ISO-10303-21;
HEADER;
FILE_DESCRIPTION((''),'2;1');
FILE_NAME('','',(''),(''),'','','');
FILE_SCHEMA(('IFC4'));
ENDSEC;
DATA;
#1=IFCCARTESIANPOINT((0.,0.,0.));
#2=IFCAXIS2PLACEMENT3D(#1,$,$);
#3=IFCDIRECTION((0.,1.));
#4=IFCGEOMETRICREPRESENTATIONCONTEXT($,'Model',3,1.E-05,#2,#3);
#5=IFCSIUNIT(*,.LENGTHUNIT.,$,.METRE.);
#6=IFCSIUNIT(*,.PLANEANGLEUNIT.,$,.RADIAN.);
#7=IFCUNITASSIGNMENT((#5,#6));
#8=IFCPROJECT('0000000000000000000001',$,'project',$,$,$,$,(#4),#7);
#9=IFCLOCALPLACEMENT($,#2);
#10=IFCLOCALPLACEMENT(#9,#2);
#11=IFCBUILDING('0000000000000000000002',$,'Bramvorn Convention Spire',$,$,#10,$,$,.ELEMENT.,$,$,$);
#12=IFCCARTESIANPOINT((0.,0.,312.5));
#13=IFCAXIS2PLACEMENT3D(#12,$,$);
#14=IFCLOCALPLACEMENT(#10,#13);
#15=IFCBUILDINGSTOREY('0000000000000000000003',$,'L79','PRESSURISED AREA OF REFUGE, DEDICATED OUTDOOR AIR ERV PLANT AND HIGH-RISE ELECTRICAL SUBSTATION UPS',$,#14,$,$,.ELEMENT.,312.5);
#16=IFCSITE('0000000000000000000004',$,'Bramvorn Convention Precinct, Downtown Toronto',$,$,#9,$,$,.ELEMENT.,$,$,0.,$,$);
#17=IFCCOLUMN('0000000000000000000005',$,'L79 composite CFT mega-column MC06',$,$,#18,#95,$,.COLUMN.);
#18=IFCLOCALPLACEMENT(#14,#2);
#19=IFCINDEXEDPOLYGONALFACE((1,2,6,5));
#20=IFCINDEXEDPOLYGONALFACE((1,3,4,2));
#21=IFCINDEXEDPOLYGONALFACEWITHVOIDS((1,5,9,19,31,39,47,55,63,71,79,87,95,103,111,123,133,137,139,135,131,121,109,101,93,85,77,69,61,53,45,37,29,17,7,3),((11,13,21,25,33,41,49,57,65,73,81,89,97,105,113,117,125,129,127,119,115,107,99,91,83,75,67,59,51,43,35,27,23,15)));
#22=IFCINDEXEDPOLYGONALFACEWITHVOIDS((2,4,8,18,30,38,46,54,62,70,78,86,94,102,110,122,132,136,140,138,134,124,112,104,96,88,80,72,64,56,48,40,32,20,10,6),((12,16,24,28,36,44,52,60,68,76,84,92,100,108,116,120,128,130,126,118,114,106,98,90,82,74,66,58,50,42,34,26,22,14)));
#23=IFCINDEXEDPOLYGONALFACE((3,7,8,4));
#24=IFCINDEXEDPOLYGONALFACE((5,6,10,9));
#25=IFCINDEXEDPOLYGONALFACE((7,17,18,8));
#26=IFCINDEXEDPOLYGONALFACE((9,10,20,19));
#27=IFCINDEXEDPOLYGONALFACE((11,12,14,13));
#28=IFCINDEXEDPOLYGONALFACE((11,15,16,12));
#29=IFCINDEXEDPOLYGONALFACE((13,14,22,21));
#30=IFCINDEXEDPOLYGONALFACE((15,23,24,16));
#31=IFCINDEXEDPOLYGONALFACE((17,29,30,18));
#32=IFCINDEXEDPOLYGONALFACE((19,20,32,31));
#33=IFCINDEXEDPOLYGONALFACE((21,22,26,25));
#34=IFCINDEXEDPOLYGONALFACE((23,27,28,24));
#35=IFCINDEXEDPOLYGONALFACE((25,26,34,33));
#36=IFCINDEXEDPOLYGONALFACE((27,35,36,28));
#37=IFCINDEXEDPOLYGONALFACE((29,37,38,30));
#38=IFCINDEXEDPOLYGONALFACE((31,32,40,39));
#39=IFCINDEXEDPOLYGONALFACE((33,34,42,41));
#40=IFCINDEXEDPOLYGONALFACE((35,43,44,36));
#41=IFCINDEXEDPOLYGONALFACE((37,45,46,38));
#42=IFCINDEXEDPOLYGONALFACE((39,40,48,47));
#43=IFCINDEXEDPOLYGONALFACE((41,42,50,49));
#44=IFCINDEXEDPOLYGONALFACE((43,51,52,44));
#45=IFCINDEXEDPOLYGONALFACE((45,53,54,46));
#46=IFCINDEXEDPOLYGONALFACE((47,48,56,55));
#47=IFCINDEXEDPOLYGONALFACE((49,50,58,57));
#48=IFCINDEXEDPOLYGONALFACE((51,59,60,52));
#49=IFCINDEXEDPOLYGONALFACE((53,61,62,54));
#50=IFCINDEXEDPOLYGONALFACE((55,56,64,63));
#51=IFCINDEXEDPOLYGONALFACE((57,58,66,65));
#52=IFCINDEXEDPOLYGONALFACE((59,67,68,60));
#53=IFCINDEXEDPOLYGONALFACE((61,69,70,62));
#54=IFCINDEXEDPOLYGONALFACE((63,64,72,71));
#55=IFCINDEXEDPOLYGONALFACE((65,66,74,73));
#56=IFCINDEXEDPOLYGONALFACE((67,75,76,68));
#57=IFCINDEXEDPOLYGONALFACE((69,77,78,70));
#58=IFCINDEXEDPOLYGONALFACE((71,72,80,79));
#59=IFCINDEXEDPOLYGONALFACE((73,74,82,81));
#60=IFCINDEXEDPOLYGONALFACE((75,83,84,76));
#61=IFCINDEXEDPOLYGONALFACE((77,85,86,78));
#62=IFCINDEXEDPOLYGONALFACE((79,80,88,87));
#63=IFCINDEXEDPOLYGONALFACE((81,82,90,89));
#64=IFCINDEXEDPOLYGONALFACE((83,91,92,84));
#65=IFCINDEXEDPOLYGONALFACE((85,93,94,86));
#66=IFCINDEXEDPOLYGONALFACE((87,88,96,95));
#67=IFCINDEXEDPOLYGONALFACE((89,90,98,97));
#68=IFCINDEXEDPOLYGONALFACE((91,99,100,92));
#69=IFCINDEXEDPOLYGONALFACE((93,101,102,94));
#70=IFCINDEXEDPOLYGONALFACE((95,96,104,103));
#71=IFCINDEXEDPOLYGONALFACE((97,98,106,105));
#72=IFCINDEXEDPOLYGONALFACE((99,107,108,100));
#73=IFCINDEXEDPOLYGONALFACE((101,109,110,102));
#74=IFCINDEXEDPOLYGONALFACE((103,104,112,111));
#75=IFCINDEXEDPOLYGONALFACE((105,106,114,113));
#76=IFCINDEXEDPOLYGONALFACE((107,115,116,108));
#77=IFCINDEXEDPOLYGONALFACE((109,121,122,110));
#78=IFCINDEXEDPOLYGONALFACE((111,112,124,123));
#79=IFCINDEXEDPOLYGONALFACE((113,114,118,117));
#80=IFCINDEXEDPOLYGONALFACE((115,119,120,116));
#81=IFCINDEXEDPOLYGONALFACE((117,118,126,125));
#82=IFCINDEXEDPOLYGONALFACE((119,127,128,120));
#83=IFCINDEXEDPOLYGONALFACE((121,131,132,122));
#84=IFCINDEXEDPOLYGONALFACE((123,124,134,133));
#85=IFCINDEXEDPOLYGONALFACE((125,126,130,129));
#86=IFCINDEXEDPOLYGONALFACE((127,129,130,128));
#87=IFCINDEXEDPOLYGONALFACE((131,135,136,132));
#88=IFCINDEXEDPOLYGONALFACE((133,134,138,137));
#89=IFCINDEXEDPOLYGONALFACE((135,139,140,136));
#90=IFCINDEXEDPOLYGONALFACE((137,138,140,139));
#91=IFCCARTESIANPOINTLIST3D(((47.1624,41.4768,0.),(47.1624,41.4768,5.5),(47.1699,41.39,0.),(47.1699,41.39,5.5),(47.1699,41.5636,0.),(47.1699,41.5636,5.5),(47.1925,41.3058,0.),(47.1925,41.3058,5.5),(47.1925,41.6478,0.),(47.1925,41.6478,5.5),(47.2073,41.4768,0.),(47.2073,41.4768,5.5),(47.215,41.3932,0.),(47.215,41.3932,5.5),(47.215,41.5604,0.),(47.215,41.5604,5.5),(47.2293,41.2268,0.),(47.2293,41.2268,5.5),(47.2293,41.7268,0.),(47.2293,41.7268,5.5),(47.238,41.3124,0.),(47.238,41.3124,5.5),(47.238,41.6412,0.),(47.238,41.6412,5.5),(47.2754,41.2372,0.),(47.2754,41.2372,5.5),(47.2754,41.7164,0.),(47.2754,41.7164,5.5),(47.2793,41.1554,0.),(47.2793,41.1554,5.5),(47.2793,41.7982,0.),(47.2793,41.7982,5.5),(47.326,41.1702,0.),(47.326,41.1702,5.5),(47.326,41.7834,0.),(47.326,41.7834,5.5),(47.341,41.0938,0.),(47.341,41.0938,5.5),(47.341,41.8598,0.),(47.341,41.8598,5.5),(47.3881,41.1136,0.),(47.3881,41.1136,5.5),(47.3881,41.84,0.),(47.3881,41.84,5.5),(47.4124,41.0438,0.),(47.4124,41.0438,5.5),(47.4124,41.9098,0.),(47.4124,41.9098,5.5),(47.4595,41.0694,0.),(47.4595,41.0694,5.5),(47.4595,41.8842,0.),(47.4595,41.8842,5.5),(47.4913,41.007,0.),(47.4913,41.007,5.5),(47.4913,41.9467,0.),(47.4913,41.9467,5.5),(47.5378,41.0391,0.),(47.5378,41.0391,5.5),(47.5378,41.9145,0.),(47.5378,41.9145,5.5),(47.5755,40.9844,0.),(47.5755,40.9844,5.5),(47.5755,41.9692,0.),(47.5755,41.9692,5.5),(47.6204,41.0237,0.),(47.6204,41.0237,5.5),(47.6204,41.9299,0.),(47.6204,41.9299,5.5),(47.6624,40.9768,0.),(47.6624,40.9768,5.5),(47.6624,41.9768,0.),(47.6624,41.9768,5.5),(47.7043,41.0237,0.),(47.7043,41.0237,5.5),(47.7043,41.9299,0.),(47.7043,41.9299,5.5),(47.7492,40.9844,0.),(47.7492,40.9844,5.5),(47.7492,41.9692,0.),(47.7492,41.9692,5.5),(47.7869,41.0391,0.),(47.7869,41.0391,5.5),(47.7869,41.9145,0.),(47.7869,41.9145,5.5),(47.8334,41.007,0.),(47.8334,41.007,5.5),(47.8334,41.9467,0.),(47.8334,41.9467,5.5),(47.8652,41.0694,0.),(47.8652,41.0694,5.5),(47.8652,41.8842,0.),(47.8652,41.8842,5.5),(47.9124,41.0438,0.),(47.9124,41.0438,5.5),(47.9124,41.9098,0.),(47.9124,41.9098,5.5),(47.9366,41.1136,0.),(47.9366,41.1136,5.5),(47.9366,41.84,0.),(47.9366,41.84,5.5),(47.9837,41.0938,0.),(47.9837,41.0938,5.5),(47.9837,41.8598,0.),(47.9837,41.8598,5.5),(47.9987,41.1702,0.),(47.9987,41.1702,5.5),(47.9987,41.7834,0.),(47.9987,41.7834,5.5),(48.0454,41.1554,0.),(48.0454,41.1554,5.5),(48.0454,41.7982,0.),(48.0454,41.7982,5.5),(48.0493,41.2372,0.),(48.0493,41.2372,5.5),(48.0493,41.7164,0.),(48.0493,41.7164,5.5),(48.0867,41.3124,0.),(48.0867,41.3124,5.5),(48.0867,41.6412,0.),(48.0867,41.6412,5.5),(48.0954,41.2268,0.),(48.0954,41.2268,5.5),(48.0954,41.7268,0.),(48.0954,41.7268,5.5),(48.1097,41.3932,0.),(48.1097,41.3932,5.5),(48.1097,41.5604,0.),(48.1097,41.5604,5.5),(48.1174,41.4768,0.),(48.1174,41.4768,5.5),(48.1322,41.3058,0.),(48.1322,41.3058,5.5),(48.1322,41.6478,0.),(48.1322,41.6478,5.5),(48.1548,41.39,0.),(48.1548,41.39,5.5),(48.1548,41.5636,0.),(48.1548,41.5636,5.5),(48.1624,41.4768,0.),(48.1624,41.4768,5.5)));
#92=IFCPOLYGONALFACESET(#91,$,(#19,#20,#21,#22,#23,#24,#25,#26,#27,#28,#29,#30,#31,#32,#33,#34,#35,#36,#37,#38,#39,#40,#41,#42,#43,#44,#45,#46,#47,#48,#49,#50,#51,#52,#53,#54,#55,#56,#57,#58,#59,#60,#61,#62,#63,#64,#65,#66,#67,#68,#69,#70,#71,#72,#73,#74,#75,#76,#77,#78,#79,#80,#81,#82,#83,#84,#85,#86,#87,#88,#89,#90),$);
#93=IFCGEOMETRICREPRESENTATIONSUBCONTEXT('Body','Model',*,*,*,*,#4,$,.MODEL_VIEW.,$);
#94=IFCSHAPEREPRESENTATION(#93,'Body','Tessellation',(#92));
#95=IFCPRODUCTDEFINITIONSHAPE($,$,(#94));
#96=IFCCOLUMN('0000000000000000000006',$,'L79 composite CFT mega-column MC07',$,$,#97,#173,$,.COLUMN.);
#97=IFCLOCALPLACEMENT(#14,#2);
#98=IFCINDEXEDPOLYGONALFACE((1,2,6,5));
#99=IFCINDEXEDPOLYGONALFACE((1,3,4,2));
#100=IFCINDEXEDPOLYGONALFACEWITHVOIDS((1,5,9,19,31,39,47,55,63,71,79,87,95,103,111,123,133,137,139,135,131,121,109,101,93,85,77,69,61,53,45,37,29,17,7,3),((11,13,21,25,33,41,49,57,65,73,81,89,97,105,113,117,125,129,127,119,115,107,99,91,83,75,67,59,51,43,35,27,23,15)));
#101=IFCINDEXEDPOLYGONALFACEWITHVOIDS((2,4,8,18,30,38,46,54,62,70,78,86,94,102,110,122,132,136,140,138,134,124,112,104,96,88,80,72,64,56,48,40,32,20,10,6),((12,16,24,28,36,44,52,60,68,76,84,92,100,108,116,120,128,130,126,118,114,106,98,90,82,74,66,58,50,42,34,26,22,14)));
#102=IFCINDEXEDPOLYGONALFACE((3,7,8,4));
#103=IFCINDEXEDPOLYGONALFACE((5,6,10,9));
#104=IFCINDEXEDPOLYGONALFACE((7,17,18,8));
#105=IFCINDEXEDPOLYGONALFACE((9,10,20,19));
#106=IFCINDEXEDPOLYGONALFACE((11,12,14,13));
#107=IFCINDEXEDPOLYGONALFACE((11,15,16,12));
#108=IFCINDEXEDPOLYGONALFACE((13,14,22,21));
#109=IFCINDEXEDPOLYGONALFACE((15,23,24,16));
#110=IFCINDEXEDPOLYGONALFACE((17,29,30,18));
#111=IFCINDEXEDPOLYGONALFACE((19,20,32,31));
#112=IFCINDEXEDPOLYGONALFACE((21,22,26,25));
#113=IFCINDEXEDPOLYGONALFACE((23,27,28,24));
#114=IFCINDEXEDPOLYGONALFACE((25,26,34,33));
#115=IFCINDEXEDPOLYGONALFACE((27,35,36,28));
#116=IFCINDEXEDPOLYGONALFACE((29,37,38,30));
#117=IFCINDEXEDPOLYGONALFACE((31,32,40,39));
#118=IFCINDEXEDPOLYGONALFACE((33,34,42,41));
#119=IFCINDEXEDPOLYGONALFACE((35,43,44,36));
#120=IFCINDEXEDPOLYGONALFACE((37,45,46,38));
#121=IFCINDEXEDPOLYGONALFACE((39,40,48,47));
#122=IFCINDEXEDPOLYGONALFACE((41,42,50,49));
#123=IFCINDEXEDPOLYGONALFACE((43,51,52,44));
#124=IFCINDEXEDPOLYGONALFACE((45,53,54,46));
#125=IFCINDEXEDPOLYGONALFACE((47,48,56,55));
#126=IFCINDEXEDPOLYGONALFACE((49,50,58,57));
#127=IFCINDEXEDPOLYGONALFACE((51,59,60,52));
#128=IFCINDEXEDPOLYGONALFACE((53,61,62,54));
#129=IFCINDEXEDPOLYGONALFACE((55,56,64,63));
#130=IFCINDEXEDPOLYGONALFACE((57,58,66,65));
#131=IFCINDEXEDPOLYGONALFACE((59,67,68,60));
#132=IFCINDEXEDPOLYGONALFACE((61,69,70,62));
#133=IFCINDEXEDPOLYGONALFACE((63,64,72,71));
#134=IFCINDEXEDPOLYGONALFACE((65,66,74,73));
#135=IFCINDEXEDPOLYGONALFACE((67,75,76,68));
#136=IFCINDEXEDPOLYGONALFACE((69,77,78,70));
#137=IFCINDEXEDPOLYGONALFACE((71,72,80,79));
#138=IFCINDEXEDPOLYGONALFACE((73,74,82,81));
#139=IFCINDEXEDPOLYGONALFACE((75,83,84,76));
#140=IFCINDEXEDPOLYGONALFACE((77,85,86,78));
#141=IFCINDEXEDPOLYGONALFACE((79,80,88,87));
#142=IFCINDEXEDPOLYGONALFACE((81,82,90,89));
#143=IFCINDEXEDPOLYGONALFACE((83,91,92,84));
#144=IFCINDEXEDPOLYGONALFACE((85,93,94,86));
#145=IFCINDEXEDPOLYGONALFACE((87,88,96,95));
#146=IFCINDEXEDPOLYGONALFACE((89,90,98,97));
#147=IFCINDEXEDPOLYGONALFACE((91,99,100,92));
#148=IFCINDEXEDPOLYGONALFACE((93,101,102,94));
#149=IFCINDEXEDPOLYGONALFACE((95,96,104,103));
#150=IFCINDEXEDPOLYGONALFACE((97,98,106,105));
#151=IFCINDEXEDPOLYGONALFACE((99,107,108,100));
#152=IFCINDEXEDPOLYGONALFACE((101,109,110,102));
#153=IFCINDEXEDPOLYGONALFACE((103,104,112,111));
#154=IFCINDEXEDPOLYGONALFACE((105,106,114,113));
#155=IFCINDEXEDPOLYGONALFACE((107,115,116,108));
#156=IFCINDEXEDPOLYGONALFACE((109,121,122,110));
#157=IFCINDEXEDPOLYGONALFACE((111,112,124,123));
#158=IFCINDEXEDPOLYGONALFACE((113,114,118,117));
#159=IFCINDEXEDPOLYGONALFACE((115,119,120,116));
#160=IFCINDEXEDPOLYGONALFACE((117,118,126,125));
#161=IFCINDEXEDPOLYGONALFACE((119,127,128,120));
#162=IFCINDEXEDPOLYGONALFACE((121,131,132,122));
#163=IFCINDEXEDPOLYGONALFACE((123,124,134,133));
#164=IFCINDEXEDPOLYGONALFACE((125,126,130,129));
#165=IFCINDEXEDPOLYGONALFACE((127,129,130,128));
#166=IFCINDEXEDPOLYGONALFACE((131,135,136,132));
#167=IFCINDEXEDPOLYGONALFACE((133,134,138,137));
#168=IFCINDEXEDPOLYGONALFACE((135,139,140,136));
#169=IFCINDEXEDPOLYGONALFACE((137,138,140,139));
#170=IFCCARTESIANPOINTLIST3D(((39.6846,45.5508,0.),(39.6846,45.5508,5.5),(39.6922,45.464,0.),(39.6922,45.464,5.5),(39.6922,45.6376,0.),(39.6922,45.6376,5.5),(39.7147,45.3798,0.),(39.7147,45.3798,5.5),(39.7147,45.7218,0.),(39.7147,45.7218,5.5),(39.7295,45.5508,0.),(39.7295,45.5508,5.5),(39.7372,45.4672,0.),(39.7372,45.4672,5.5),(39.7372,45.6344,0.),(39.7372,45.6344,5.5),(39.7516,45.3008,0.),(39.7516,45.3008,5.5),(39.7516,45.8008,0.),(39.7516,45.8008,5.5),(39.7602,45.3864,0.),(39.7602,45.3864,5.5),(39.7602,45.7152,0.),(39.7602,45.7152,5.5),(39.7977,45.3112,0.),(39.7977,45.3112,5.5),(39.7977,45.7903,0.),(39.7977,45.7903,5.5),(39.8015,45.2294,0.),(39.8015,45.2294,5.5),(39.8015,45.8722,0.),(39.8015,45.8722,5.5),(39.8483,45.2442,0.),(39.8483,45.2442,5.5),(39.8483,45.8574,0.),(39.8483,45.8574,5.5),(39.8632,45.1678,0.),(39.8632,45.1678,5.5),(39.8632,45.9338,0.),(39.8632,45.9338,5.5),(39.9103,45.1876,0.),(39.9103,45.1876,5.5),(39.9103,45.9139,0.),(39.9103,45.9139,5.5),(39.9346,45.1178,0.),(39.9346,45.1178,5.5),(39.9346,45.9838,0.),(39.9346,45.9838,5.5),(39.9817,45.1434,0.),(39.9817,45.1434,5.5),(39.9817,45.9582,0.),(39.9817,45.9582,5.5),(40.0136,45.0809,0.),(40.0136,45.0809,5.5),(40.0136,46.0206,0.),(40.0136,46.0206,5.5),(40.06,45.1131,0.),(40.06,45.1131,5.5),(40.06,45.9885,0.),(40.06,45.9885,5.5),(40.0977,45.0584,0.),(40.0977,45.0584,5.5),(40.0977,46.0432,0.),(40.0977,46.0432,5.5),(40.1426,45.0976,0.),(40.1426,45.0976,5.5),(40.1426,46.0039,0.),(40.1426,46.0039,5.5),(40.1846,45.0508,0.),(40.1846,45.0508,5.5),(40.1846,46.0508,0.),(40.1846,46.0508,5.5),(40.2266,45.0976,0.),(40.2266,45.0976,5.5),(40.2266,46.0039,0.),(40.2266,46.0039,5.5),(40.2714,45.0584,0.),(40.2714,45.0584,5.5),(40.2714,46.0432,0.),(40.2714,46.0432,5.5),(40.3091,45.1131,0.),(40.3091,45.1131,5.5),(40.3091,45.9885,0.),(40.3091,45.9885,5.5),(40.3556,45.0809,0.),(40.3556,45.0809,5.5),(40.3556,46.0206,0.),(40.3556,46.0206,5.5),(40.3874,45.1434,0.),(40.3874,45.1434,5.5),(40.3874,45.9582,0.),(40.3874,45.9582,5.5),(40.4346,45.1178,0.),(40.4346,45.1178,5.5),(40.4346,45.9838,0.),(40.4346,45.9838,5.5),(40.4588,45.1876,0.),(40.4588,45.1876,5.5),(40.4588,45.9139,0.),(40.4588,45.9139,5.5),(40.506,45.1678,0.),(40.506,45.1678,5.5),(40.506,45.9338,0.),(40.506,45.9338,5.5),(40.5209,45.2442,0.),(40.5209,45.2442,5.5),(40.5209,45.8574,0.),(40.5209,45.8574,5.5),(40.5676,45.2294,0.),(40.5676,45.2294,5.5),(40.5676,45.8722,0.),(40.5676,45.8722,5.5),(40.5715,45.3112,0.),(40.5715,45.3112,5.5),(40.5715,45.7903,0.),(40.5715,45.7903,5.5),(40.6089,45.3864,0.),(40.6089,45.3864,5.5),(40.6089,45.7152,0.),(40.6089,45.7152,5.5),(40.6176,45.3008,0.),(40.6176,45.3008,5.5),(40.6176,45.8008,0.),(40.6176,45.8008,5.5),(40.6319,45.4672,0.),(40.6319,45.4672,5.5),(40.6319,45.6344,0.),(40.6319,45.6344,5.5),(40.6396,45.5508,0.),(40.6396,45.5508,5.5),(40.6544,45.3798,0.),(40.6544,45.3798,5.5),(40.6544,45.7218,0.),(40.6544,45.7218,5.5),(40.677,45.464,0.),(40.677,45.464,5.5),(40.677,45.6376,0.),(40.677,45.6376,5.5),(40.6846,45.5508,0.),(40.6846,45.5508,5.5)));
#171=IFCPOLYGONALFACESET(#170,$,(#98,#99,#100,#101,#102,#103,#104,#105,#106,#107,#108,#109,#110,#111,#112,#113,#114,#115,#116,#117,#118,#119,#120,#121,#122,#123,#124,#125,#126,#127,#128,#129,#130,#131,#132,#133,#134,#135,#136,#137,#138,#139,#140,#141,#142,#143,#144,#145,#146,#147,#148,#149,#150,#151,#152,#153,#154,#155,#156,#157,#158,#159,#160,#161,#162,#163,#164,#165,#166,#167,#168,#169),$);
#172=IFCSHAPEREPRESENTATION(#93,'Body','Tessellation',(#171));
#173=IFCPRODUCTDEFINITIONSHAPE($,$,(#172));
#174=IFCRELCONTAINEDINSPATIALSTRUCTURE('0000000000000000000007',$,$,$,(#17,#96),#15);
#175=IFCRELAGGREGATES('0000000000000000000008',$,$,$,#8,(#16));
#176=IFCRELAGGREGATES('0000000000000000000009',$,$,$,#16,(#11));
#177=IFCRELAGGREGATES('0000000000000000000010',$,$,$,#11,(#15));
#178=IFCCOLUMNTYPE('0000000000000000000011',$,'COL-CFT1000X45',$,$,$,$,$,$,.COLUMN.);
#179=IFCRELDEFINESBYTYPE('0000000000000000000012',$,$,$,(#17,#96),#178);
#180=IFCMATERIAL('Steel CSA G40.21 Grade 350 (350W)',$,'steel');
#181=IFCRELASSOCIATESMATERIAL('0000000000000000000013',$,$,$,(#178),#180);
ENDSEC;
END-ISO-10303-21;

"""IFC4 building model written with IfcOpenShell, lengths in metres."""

from ifc_helpers import new_model, si_unit, direction, frame, origin, origin_2d, place, context, subcontext, project, spatial, hollow_circle, extrude, material, material_profile, profile_set, type_object, element, save


model = new_model("IFC4")

# Units and contexts
model_context = context("Model", 3, precision=1e-05, world=origin(), true_north=direction((0.0, 1.0)))
body_context = subcontext(model_context, "Body", "Model", "MODEL_VIEW")
ifc_project = project(units=[si_unit("LENGTHUNIT", "METRE"), si_unit("PLANEANGLEUNIT", "RADIAN")], contexts=[model_context])

# Site, building, storey
site_placement = place(None, origin())
site = spatial("IfcSite", under=ifc_project, at=site_placement, Name="Bramvorn Convention Precinct, Downtown Toronto", CompositionType="ELEMENT", RefElevation=0.0)
building_placement = place(site_placement, origin())
building = spatial("IfcBuilding", under=site, at=building_placement, Name="Bramvorn Convention Spire", CompositionType="ELEMENT")
storey_placement = place(building_placement, frame((0.0, 0.0, 312.5)))
storey = spatial("IfcBuildingStorey", under=building, at=storey_placement, Name="L79", Description="PRESSURISED AREA OF REFUGE, DEDICATED OUTDOOR AIR ERV PLANT AND HIGH-RISE ELECTRICAL SUBSTATION UPS", CompositionType="ELEMENT", Elevation=312.5)

# Columns
ifc_material_1 = material(Name="Steel CSA G40.21 Grade 350 (350W)", Category="steel")
ifc_material_profile_1 = material_profile(ifc_material_1, hollow_circle(Radius=0.5, WallThickness=0.0449, at=origin_2d()))
ifc_profile_set_1 = profile_set([ifc_material_profile_1], Name="Steel CSA G40.21 Grade 350 (350W) - CFT1000X45")
column_type = type_object("IfcColumnType", Name="COL-CFT1000X45", PredefinedType="COLUMN", material=ifc_profile_set_1)
for number, where, z_axis, x_axis, name in (
    (1, (47.6624, 41.4768, 0.0), (0.0, 0.0, 1.0), (1.0, 0.0, 0.0), "L79 composite CFT mega-column MC06"),
    (2, (40.1846, 45.5508, 0.0), (0.0, 0.0, 1.0), (1.0, 0.0, 0.0), "L79 composite CFT mega-column MC07"),
):
    element("IfcColumn", number, at=place(storey_placement, frame(where, z_axis=z_axis, x_axis=x_axis)), inside=storey, type_object=column_type, Name=name, PredefinedType="COLUMN", context=body_context, shape_type="SweptSolid", body=[
        extrude(hollow_circle(Radius=0.5, WallThickness=0.0449, at=origin_2d()), origin(), (0.0, 0.0, 1.0), 5.5),
    ])

save(model, "model.ifc")
